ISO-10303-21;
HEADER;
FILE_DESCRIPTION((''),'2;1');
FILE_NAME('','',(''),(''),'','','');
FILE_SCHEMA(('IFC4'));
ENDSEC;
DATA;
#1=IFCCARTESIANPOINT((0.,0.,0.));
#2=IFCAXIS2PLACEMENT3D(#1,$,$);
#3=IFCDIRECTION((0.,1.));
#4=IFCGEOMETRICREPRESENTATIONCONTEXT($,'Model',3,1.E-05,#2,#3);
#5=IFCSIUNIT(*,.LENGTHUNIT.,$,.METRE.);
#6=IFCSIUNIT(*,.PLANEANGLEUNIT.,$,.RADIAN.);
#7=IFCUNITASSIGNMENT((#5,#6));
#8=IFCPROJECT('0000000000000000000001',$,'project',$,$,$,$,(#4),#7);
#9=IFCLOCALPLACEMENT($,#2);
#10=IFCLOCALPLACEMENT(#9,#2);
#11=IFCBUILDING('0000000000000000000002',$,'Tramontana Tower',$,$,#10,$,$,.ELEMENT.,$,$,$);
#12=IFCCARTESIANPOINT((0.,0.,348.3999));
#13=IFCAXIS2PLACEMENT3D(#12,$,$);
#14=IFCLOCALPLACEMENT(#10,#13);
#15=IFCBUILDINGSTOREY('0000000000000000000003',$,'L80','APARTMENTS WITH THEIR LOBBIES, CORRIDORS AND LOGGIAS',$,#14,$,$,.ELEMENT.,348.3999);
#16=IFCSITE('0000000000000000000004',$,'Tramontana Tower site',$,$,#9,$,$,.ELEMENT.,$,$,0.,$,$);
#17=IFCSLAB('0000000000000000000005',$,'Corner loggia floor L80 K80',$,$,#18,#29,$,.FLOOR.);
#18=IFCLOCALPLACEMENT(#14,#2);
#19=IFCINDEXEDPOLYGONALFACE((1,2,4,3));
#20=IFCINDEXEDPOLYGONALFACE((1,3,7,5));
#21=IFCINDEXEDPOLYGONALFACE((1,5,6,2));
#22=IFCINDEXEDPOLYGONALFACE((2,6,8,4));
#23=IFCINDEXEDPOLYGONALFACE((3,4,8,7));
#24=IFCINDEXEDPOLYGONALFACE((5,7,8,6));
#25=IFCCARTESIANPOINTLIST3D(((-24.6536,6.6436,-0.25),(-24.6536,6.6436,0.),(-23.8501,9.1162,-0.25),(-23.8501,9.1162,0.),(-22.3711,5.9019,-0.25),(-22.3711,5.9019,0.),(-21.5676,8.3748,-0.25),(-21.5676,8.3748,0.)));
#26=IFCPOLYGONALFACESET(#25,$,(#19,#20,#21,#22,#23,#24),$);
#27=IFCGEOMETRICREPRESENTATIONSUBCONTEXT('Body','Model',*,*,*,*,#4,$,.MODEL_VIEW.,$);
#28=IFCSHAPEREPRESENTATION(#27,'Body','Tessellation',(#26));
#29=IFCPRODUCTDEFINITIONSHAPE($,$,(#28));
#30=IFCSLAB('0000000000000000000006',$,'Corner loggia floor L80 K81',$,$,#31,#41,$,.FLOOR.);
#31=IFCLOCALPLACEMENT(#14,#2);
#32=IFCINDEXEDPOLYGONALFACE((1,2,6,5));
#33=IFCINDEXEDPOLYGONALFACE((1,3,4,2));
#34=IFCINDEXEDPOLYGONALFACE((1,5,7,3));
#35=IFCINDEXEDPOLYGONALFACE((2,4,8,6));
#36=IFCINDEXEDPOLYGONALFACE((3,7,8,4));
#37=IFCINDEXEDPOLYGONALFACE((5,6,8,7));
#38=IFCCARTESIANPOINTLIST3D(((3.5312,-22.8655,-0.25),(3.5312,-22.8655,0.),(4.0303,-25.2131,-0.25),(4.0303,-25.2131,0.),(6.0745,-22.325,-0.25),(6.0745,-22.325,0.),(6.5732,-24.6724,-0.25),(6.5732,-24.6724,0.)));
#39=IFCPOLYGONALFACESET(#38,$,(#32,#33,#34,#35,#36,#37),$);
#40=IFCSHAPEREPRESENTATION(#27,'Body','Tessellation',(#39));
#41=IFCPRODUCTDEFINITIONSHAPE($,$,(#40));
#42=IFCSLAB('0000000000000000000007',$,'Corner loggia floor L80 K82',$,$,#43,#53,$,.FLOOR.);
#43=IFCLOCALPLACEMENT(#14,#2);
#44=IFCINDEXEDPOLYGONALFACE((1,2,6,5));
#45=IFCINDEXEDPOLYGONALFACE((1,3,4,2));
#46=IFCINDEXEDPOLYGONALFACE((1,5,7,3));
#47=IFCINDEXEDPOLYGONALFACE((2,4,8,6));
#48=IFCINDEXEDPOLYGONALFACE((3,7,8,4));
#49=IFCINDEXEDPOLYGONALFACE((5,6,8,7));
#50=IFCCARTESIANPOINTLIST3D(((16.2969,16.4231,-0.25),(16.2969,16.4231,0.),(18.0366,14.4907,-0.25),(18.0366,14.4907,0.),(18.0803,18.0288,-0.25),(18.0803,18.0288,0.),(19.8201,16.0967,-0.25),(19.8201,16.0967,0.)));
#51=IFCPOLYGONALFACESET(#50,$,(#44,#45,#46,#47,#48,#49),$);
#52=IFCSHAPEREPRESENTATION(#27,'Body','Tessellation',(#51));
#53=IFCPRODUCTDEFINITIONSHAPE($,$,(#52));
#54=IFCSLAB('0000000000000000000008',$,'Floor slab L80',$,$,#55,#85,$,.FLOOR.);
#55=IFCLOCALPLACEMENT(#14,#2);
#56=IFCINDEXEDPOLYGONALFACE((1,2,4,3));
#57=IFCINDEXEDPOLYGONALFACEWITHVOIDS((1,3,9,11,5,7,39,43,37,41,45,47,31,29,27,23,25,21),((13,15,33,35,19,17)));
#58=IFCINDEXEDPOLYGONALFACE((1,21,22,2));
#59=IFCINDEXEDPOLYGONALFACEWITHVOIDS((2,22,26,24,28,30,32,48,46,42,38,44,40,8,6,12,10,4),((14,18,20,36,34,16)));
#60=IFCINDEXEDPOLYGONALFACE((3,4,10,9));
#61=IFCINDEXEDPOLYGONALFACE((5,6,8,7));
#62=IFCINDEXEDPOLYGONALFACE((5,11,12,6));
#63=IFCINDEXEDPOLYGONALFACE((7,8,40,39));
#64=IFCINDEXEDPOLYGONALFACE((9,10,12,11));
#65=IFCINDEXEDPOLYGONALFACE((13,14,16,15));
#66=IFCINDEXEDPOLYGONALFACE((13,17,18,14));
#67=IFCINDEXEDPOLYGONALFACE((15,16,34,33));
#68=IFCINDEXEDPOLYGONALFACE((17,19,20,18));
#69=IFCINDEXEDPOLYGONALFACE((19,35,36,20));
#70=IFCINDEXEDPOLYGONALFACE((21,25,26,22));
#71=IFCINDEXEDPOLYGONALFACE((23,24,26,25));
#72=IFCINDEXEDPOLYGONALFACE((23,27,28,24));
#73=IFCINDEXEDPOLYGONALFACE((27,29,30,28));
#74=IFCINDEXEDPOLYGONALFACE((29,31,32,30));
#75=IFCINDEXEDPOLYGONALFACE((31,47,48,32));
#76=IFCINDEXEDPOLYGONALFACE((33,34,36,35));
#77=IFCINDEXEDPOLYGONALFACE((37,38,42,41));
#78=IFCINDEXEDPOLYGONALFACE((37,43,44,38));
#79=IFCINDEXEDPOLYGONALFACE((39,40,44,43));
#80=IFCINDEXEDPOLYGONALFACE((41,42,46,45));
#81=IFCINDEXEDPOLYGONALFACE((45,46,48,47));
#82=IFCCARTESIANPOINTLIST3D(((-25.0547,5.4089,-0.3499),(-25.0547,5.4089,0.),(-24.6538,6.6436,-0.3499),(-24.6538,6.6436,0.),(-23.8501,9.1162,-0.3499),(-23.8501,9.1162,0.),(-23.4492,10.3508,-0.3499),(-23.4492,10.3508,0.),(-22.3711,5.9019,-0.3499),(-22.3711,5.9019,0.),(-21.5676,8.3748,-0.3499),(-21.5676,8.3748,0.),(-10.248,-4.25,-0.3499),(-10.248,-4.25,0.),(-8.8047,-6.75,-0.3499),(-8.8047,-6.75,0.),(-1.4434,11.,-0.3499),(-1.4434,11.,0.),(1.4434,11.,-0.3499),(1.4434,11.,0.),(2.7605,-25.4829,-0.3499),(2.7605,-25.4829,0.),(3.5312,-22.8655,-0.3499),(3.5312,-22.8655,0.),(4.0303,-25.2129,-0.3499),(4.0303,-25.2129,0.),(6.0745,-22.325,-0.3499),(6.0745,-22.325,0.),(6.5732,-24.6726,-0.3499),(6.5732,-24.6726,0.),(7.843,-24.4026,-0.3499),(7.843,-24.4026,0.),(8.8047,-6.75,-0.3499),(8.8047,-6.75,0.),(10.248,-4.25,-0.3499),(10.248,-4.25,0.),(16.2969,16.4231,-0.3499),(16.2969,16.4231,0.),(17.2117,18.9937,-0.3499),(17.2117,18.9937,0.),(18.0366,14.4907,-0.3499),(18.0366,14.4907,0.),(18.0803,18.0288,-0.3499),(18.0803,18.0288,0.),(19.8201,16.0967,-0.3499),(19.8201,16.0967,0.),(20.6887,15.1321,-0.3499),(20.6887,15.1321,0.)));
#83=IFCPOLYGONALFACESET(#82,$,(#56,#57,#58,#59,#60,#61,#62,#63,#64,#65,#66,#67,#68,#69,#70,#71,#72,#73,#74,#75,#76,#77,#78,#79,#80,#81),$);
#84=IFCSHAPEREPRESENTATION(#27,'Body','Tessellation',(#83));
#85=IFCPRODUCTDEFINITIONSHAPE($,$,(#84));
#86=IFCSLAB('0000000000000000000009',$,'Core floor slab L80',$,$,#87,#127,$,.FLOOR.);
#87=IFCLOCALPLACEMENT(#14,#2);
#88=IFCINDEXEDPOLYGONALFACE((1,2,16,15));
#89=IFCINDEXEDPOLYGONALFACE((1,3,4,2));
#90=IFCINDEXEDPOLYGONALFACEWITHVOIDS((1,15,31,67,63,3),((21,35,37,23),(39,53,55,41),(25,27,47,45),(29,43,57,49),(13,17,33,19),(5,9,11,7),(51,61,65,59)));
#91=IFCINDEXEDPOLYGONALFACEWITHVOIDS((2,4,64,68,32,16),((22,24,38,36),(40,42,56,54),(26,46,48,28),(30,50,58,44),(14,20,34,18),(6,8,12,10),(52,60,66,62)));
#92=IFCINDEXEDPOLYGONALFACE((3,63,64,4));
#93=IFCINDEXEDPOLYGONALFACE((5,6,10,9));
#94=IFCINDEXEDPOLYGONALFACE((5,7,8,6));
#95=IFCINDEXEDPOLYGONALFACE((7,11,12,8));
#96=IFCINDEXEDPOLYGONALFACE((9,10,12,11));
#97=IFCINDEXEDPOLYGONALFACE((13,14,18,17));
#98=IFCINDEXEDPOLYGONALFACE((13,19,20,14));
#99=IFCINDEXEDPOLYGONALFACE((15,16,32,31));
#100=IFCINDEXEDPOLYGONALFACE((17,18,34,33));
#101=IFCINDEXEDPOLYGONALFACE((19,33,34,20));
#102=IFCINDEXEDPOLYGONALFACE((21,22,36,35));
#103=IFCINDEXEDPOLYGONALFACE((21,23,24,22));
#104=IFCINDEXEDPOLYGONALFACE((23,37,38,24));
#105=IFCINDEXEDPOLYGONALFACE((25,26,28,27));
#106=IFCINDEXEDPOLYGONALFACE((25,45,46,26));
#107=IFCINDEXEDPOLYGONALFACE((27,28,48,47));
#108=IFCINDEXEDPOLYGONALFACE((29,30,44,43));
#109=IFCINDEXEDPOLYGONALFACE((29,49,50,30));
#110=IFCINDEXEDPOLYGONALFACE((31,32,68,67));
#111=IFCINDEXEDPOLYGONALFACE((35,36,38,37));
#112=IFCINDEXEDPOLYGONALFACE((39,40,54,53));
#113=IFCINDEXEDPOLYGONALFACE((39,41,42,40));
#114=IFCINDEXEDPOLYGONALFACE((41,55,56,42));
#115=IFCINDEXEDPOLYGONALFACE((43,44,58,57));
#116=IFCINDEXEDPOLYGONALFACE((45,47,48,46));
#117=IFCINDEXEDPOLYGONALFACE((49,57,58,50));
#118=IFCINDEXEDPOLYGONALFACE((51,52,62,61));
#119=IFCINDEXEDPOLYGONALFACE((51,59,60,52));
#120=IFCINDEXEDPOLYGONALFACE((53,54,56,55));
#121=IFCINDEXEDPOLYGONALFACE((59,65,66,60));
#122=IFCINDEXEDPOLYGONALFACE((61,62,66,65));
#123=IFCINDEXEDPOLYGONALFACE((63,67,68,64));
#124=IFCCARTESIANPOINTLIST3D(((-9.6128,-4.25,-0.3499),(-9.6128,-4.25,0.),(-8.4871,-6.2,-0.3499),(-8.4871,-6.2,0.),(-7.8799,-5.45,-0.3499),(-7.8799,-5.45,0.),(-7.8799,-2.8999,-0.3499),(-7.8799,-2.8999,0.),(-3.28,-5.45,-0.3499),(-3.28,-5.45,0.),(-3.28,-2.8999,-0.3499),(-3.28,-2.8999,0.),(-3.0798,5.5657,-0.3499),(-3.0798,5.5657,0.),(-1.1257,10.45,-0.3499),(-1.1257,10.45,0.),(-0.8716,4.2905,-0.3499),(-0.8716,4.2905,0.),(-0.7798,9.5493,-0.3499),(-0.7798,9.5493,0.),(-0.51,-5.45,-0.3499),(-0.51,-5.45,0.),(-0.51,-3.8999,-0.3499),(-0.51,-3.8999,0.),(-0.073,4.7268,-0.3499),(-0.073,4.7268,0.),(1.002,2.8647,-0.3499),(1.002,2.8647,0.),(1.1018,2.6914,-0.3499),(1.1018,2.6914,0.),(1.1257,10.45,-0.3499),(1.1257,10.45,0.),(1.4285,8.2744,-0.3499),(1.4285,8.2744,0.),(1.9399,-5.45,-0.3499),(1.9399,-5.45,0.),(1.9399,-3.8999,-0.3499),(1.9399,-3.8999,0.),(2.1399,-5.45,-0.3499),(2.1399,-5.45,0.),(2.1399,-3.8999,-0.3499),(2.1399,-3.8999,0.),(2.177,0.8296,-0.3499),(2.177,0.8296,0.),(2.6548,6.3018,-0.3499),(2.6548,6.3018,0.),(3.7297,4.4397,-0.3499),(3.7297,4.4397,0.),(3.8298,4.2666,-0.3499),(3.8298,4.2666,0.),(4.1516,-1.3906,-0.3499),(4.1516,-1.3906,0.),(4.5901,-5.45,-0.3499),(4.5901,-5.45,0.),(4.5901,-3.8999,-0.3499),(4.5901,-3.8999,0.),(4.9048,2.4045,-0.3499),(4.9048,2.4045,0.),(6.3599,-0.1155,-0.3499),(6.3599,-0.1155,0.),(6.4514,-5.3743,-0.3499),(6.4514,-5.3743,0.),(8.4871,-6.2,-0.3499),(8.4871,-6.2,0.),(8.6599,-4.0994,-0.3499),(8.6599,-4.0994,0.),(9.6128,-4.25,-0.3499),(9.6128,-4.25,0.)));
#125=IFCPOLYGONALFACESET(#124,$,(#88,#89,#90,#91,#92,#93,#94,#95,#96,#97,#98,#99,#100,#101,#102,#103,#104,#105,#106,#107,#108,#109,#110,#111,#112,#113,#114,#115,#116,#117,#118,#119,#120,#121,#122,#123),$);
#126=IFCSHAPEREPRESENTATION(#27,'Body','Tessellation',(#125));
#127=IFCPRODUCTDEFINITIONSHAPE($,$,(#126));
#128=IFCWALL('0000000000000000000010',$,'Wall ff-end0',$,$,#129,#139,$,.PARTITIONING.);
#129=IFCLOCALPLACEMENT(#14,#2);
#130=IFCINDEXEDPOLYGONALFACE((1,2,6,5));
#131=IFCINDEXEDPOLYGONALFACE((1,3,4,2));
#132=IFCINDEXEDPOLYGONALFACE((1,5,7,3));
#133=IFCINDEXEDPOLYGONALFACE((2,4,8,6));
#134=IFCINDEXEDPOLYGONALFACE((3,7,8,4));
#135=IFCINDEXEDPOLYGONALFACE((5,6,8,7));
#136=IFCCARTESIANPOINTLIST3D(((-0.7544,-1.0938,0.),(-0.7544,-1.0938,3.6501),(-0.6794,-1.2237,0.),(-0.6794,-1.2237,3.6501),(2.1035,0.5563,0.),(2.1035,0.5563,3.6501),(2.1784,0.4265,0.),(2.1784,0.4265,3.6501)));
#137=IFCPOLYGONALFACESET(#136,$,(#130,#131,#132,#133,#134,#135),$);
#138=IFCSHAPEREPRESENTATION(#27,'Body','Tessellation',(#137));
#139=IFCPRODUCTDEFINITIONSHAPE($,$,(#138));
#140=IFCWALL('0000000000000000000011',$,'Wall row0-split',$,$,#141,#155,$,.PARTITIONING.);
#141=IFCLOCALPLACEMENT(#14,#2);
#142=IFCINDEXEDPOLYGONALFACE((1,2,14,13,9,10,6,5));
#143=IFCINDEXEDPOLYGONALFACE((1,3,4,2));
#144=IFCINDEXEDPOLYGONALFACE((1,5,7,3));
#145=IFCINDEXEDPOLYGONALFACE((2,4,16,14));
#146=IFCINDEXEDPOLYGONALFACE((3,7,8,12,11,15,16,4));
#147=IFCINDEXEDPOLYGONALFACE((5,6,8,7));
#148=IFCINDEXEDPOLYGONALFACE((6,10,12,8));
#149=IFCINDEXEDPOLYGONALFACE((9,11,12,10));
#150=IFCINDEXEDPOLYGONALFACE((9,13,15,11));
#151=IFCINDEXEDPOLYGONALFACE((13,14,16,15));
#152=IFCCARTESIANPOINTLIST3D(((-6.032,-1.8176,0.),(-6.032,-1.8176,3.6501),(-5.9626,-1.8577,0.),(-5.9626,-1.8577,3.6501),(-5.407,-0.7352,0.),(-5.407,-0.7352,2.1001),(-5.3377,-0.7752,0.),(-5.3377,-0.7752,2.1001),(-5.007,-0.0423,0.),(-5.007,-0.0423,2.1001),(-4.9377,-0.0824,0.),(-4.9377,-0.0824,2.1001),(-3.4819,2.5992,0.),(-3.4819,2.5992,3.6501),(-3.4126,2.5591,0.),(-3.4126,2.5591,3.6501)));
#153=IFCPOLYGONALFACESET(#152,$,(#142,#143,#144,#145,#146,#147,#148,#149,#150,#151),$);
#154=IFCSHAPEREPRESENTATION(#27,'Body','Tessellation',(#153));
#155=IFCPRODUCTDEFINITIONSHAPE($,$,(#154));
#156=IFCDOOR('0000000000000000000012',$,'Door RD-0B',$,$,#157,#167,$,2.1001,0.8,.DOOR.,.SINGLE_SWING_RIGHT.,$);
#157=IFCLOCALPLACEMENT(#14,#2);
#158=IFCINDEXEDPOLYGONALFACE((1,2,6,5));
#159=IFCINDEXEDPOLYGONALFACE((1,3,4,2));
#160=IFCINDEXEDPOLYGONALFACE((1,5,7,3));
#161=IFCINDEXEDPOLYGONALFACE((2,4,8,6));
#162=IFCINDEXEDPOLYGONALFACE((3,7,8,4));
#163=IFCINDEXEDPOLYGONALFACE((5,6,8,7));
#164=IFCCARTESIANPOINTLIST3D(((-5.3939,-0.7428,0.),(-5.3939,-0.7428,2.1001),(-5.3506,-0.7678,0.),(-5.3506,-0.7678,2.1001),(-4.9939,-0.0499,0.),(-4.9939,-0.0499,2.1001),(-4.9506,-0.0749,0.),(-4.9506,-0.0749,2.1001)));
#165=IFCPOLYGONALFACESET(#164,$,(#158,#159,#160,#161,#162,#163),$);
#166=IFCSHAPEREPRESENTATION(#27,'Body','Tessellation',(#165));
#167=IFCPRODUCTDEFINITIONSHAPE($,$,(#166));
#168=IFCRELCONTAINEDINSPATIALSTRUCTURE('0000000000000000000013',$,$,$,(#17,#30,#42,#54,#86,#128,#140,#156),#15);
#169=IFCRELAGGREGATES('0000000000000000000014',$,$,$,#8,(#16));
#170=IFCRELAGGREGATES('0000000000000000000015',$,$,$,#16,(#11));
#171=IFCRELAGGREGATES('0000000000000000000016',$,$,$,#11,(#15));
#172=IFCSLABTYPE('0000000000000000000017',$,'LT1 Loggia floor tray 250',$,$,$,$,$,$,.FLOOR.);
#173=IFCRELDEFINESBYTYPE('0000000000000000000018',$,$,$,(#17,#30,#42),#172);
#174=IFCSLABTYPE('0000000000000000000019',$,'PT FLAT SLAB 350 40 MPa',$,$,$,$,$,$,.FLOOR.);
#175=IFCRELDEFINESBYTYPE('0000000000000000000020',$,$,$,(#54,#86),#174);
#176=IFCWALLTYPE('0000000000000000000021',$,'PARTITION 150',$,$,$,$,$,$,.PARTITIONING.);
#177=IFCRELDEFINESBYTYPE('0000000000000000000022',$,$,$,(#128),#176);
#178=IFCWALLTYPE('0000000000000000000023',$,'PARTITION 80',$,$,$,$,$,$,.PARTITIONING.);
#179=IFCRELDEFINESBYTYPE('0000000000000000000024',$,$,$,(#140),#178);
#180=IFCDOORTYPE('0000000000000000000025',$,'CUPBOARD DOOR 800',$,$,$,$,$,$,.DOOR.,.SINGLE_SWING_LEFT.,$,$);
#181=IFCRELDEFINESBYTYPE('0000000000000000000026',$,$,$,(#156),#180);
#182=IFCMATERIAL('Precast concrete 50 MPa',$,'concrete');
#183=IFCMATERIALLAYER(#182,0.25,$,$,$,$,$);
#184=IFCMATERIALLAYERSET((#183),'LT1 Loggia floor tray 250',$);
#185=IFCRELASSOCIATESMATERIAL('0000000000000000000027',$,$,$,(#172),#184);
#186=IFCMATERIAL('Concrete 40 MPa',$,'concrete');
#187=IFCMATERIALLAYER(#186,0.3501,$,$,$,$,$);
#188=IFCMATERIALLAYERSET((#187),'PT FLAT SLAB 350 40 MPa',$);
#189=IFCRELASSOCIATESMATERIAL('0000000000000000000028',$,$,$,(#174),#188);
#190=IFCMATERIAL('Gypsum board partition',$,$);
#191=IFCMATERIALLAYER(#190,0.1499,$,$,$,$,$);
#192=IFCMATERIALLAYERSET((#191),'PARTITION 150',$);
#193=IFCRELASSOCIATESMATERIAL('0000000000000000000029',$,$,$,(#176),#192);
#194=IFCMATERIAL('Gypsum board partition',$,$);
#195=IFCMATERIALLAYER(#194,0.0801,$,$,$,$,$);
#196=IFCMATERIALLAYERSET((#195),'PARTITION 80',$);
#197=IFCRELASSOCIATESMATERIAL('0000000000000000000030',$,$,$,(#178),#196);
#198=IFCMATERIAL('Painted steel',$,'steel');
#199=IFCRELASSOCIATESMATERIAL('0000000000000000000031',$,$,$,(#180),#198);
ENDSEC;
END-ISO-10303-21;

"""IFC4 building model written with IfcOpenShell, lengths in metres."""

from ifc_helpers import new_model, si_unit, direction, frame, frame_2d, origin, place, context, subcontext, project, spatial, polyline, rectangle, outline, extrude, material, layer, layer_set, type_object, element, fill, save


model = new_model("IFC4")

# Units and contexts
model_context = context("Model", 3, precision=1e-05, world=origin(), true_north=direction((0.0, 1.0)))
body_context = subcontext(model_context, "Body", "Model", "MODEL_VIEW")
ifc_project = project(units=[si_unit("LENGTHUNIT", "METRE"), si_unit("PLANEANGLEUNIT", "RADIAN")], contexts=[model_context])

# Site, building, storey
site_placement = place(None, origin())
site = spatial("IfcSite", under=ifc_project, at=site_placement, Name="Tramontana Tower site", CompositionType="ELEMENT", RefElevation=0.0)
building_placement = place(site_placement, origin())
building = spatial("IfcBuilding", under=site, at=building_placement, Name="Tramontana Tower", CompositionType="ELEMENT")
storey_placement = place(building_placement, frame((0.0, 0.0, 348.3999)))
storey = spatial("IfcBuildingStorey", under=building, at=storey_placement, Name="L80", Description="APARTMENTS WITH THEIR LOBBIES, CORRIDORS AND LOGGIAS", CompositionType="ELEMENT", Elevation=348.3999)

# Slabs
ifc_material_1 = material(Name="Precast concrete 50 MPa", Category="concrete")
ifc_layer_1 = layer(ifc_material_1, 0.25)
ifc_layer_set_1 = layer_set([ifc_layer_1], Name="LT1 Loggia floor tray 250")
slab_type_1 = type_object("IfcSlabType", Name="LT1 Loggia floor tray 250", PredefinedType="FLOOR", material=ifc_layer_set_1)
slab_1_placement = place(storey_placement, frame((0.0, 0.0, -0.25)))
element("IfcSlab", 1, at=slab_1_placement, inside=storey, type_object=slab_type_1, Name="Corner loggia floor L80 K80", PredefinedType="FLOOR", context=body_context, shape_type="SweptSolid", body=[
    extrude(outline(polyline([(-23.8501, 9.1162), (-21.5676, 8.3748), (-22.3711, 5.9019), (-24.6536, 6.6436), (-23.8501, 9.1162)])), origin(), (0.0, 0.0, 1.0), 0.25),
])
slab_2_placement = place(storey_placement, frame((0.0, 0.0, -0.25)))
element("IfcSlab", 2, at=slab_2_placement, inside=storey, type_object=slab_type_1, Name="Corner loggia floor L80 K81", PredefinedType="FLOOR", context=body_context, shape_type="SweptSolid", body=[
    extrude(outline(polyline([(4.0303, -25.2131), (3.5312, -22.8655), (6.0745, -22.325), (6.5732, -24.6724), (4.0303, -25.2131)])), origin(), (0.0, 0.0, 1.0), 0.25),
])
slab_3_placement = place(storey_placement, frame((0.0, 0.0, -0.25)))
element("IfcSlab", 3, at=slab_3_placement, inside=storey, type_object=slab_type_1, Name="Corner loggia floor L80 K82", PredefinedType="FLOOR", context=body_context, shape_type="SweptSolid", body=[
    extrude(outline(polyline([(19.8201, 16.0967), (18.0366, 14.4907), (16.2969, 16.4231), (18.0803, 18.0288), (19.8201, 16.0967)])), origin(), (0.0, 0.0, 1.0), 0.25),
])
ifc_material_2 = material(Name="Concrete 40 MPa", Category="concrete")
ifc_layer_2 = layer(ifc_material_2, 0.3501)
ifc_layer_set_2 = layer_set([ifc_layer_2], Name="PT FLAT SLAB 350 40 MPa")
slab_type_2 = type_object("IfcSlabType", Name="PT FLAT SLAB 350 40 MPa", PredefinedType="FLOOR", material=ifc_layer_set_2)
slab_4_placement = place(storey_placement, frame((0.0, 0.0, -0.3499)))
element("IfcSlab", 4, at=slab_4_placement, inside=storey, type_object=slab_type_2, Name="Floor slab L80", PredefinedType="FLOOR", context=body_context, shape_type="SweptSolid", body=[
    extrude(outline(polyline([(18.0803, 18.0288), (16.2969, 16.4231), (18.0366, 14.4907), (19.8201, 16.0967), (20.6887, 15.1321), (7.843, -24.4026), (6.5732, -24.6726), (6.0745, -22.325), (3.5312, -22.8655), (4.0303, -25.2129), (2.7605, -25.4829), (-25.0547, 5.4089), (-24.6538, 6.6436), (-22.3711, 5.9019), (-21.5676, 8.3748), (-23.8501, 9.1162), (-23.4492, 10.3508), (17.2117, 18.9937), (18.0803, 18.0288)]), holes=[polyline([(-10.248, -4.25), (-8.8047, -6.75), (8.8047, -6.75), (10.248, -4.25), (1.4434, 11.0), (-1.4434, 11.0), (-10.248, -4.25)])]), origin(), (0.0, 0.0, 1.0), 0.3499),
])
slab_5_placement = place(storey_placement, frame((0.0, 0.0, -0.3499)))
element("IfcSlab", 5, at=slab_5_placement, inside=storey, type_object=slab_type_2, Name="Core floor slab L80", PredefinedType="FLOOR", context=body_context, shape_type="SweptSolid", body=[
    extrude(outline(polyline([(9.6128, -4.25), (8.4871, -6.2), (-8.4871, -6.2), (-9.6128, -4.25), (-1.1257, 10.45), (1.1257, 10.45), (9.6128, -4.25)]), holes=[polyline([(8.6599, -4.0994), (6.3599, -0.1155), (4.1516, -1.3906), (6.4514, -5.3743), (8.6599, -4.0994)]), polyline([(3.8298, 4.2666), (1.1018, 2.6914), (2.177, 0.8296), (4.9048, 2.4045), (3.8298, 4.2666)]), polyline([(4.5901, -3.8999), (2.1399, -3.8999), (2.1399, -5.45), (4.5901, -5.45), (4.5901, -3.8999)]), polyline([(2.6548, 6.3018), (-0.073, 4.7268), (1.002, 2.8647), (3.7297, 4.4397), (2.6548, 6.3018)]), polyline([(1.9399, -5.45), (1.9399, -3.8999), (-0.51, -3.8999), (-0.51, -5.45), (1.9399, -5.45)]), polyline([(-0.7798, 9.5493), (-3.0798, 5.5657), (-0.8716, 4.2905), (1.4285, 8.2744), (-0.7798, 9.5493)]), polyline([(-7.8799, -5.45), (-3.28, -5.45), (-3.28, -2.8999), (-7.8799, -2.8999), (-7.8799, -5.45)])]), origin(), (0.0, 0.0, 1.0), 0.3499),
])

# Shared definitions
ifc_material_3 = material(Name="Gypsum board partition")
ifc_layer_3 = layer(ifc_material_3, 0.1499)
ifc_layer_set_3 = layer_set([ifc_layer_3], Name="PARTITION 150")
wall_type_1 = type_object("IfcWallType", Name="PARTITION 150", PredefinedType="PARTITIONING", material=ifc_layer_set_3)

# Wall
wall_1_placement = place(storey_placement, frame((-0.7168, -1.1587, 0.0), z_axis=(0.0, 0.0, 1.0), x_axis=(0.866008, 0.50003, 0.0)))
element("IfcWall", 6, at=wall_1_placement, inside=storey, type_object=wall_type_1, Name="Wall ff-end0", PredefinedType="PARTITIONING", context=body_context, shape_type="SweptSolid", body=[
    extrude(rectangle(XDim=3.3, YDim=0.1499, at=frame_2d((1.6499, 0.0))), origin(), (0.0, 0.0, 1.0), 3.6501),
])

# Wall, opening, door
ifc_material_4 = material(Name="Gypsum board partition")
ifc_layer_4 = layer(ifc_material_4, 0.0801)
ifc_layer_set_4 = layer_set([ifc_layer_4], Name="PARTITION 80")
wall_type_2 = type_object("IfcWallType", Name="PARTITION 80", PredefinedType="PARTITIONING", material=ifc_layer_set_4)
wall_2_placement = place(storey_placement, frame((-5.9973, -1.8376, 0.0), z_axis=(0.0, 0.0, 1.0), x_axis=(0.500006, 0.866022, 0.0)))
wall_2 = element("IfcWall", 7, at=wall_2_placement, inside=storey, type_object=wall_type_2, Name="Wall row0-split", PredefinedType="PARTITIONING", context=body_context, shape_type="SweptSolid", body=[
    extrude(rectangle(XDim=5.1001, YDim=0.0801, at=frame_2d((2.55, 0.0))), origin(), (0.0, 0.0, 1.0), 3.6501),
])
opening_1_placement = place(wall_2_placement, frame((1.25, 0.0, 0.0)))
opening_1 = element("IfcOpeningElement", 8, at=opening_1_placement, cuts=wall_2, PredefinedType="OPENING", context=body_context, shape_type="SweptSolid", body=[
    extrude(rectangle(XDim=0.8, YDim=2.1001, at=frame_2d((0.3999, 1.05))), frame((0.0, 0.05, 0.0), z_axis=(0.0, -1.0, 0.0), x_axis=(1.0, 0.0, 0.0)), (0.0, 0.0, 1.0), 0.1001),
])
ifc_material_5 = material(Name="Painted steel", Category="steel")
door_type_1 = type_object("IfcDoorType", Name="CUPBOARD DOOR 800", OperationType="SINGLE_SWING_LEFT", PredefinedType="DOOR", material=ifc_material_5)
door_1_placement = place(opening_1_placement, origin())
door_1 = element("IfcDoor", 9, at=door_1_placement, inside=storey, type_object=door_type_1, Name="Door RD-0B", OperationType="SINGLE_SWING_RIGHT", OverallHeight=2.1001, OverallWidth=0.8, PredefinedType="DOOR", context=body_context, shape_type="SweptSolid", body=[
    extrude(rectangle(XDim=0.8, YDim=2.1001, at=frame_2d((0.3999, 1.05))), frame((0.0, 0.0249, 0.0), z_axis=(0.0, -1.0, 0.0), x_axis=(1.0, 0.0, 0.0)), (0.0, 0.0, 1.0), 0.05),
])
fill(opening_1, door_1)

save(model, "model.ifc")
